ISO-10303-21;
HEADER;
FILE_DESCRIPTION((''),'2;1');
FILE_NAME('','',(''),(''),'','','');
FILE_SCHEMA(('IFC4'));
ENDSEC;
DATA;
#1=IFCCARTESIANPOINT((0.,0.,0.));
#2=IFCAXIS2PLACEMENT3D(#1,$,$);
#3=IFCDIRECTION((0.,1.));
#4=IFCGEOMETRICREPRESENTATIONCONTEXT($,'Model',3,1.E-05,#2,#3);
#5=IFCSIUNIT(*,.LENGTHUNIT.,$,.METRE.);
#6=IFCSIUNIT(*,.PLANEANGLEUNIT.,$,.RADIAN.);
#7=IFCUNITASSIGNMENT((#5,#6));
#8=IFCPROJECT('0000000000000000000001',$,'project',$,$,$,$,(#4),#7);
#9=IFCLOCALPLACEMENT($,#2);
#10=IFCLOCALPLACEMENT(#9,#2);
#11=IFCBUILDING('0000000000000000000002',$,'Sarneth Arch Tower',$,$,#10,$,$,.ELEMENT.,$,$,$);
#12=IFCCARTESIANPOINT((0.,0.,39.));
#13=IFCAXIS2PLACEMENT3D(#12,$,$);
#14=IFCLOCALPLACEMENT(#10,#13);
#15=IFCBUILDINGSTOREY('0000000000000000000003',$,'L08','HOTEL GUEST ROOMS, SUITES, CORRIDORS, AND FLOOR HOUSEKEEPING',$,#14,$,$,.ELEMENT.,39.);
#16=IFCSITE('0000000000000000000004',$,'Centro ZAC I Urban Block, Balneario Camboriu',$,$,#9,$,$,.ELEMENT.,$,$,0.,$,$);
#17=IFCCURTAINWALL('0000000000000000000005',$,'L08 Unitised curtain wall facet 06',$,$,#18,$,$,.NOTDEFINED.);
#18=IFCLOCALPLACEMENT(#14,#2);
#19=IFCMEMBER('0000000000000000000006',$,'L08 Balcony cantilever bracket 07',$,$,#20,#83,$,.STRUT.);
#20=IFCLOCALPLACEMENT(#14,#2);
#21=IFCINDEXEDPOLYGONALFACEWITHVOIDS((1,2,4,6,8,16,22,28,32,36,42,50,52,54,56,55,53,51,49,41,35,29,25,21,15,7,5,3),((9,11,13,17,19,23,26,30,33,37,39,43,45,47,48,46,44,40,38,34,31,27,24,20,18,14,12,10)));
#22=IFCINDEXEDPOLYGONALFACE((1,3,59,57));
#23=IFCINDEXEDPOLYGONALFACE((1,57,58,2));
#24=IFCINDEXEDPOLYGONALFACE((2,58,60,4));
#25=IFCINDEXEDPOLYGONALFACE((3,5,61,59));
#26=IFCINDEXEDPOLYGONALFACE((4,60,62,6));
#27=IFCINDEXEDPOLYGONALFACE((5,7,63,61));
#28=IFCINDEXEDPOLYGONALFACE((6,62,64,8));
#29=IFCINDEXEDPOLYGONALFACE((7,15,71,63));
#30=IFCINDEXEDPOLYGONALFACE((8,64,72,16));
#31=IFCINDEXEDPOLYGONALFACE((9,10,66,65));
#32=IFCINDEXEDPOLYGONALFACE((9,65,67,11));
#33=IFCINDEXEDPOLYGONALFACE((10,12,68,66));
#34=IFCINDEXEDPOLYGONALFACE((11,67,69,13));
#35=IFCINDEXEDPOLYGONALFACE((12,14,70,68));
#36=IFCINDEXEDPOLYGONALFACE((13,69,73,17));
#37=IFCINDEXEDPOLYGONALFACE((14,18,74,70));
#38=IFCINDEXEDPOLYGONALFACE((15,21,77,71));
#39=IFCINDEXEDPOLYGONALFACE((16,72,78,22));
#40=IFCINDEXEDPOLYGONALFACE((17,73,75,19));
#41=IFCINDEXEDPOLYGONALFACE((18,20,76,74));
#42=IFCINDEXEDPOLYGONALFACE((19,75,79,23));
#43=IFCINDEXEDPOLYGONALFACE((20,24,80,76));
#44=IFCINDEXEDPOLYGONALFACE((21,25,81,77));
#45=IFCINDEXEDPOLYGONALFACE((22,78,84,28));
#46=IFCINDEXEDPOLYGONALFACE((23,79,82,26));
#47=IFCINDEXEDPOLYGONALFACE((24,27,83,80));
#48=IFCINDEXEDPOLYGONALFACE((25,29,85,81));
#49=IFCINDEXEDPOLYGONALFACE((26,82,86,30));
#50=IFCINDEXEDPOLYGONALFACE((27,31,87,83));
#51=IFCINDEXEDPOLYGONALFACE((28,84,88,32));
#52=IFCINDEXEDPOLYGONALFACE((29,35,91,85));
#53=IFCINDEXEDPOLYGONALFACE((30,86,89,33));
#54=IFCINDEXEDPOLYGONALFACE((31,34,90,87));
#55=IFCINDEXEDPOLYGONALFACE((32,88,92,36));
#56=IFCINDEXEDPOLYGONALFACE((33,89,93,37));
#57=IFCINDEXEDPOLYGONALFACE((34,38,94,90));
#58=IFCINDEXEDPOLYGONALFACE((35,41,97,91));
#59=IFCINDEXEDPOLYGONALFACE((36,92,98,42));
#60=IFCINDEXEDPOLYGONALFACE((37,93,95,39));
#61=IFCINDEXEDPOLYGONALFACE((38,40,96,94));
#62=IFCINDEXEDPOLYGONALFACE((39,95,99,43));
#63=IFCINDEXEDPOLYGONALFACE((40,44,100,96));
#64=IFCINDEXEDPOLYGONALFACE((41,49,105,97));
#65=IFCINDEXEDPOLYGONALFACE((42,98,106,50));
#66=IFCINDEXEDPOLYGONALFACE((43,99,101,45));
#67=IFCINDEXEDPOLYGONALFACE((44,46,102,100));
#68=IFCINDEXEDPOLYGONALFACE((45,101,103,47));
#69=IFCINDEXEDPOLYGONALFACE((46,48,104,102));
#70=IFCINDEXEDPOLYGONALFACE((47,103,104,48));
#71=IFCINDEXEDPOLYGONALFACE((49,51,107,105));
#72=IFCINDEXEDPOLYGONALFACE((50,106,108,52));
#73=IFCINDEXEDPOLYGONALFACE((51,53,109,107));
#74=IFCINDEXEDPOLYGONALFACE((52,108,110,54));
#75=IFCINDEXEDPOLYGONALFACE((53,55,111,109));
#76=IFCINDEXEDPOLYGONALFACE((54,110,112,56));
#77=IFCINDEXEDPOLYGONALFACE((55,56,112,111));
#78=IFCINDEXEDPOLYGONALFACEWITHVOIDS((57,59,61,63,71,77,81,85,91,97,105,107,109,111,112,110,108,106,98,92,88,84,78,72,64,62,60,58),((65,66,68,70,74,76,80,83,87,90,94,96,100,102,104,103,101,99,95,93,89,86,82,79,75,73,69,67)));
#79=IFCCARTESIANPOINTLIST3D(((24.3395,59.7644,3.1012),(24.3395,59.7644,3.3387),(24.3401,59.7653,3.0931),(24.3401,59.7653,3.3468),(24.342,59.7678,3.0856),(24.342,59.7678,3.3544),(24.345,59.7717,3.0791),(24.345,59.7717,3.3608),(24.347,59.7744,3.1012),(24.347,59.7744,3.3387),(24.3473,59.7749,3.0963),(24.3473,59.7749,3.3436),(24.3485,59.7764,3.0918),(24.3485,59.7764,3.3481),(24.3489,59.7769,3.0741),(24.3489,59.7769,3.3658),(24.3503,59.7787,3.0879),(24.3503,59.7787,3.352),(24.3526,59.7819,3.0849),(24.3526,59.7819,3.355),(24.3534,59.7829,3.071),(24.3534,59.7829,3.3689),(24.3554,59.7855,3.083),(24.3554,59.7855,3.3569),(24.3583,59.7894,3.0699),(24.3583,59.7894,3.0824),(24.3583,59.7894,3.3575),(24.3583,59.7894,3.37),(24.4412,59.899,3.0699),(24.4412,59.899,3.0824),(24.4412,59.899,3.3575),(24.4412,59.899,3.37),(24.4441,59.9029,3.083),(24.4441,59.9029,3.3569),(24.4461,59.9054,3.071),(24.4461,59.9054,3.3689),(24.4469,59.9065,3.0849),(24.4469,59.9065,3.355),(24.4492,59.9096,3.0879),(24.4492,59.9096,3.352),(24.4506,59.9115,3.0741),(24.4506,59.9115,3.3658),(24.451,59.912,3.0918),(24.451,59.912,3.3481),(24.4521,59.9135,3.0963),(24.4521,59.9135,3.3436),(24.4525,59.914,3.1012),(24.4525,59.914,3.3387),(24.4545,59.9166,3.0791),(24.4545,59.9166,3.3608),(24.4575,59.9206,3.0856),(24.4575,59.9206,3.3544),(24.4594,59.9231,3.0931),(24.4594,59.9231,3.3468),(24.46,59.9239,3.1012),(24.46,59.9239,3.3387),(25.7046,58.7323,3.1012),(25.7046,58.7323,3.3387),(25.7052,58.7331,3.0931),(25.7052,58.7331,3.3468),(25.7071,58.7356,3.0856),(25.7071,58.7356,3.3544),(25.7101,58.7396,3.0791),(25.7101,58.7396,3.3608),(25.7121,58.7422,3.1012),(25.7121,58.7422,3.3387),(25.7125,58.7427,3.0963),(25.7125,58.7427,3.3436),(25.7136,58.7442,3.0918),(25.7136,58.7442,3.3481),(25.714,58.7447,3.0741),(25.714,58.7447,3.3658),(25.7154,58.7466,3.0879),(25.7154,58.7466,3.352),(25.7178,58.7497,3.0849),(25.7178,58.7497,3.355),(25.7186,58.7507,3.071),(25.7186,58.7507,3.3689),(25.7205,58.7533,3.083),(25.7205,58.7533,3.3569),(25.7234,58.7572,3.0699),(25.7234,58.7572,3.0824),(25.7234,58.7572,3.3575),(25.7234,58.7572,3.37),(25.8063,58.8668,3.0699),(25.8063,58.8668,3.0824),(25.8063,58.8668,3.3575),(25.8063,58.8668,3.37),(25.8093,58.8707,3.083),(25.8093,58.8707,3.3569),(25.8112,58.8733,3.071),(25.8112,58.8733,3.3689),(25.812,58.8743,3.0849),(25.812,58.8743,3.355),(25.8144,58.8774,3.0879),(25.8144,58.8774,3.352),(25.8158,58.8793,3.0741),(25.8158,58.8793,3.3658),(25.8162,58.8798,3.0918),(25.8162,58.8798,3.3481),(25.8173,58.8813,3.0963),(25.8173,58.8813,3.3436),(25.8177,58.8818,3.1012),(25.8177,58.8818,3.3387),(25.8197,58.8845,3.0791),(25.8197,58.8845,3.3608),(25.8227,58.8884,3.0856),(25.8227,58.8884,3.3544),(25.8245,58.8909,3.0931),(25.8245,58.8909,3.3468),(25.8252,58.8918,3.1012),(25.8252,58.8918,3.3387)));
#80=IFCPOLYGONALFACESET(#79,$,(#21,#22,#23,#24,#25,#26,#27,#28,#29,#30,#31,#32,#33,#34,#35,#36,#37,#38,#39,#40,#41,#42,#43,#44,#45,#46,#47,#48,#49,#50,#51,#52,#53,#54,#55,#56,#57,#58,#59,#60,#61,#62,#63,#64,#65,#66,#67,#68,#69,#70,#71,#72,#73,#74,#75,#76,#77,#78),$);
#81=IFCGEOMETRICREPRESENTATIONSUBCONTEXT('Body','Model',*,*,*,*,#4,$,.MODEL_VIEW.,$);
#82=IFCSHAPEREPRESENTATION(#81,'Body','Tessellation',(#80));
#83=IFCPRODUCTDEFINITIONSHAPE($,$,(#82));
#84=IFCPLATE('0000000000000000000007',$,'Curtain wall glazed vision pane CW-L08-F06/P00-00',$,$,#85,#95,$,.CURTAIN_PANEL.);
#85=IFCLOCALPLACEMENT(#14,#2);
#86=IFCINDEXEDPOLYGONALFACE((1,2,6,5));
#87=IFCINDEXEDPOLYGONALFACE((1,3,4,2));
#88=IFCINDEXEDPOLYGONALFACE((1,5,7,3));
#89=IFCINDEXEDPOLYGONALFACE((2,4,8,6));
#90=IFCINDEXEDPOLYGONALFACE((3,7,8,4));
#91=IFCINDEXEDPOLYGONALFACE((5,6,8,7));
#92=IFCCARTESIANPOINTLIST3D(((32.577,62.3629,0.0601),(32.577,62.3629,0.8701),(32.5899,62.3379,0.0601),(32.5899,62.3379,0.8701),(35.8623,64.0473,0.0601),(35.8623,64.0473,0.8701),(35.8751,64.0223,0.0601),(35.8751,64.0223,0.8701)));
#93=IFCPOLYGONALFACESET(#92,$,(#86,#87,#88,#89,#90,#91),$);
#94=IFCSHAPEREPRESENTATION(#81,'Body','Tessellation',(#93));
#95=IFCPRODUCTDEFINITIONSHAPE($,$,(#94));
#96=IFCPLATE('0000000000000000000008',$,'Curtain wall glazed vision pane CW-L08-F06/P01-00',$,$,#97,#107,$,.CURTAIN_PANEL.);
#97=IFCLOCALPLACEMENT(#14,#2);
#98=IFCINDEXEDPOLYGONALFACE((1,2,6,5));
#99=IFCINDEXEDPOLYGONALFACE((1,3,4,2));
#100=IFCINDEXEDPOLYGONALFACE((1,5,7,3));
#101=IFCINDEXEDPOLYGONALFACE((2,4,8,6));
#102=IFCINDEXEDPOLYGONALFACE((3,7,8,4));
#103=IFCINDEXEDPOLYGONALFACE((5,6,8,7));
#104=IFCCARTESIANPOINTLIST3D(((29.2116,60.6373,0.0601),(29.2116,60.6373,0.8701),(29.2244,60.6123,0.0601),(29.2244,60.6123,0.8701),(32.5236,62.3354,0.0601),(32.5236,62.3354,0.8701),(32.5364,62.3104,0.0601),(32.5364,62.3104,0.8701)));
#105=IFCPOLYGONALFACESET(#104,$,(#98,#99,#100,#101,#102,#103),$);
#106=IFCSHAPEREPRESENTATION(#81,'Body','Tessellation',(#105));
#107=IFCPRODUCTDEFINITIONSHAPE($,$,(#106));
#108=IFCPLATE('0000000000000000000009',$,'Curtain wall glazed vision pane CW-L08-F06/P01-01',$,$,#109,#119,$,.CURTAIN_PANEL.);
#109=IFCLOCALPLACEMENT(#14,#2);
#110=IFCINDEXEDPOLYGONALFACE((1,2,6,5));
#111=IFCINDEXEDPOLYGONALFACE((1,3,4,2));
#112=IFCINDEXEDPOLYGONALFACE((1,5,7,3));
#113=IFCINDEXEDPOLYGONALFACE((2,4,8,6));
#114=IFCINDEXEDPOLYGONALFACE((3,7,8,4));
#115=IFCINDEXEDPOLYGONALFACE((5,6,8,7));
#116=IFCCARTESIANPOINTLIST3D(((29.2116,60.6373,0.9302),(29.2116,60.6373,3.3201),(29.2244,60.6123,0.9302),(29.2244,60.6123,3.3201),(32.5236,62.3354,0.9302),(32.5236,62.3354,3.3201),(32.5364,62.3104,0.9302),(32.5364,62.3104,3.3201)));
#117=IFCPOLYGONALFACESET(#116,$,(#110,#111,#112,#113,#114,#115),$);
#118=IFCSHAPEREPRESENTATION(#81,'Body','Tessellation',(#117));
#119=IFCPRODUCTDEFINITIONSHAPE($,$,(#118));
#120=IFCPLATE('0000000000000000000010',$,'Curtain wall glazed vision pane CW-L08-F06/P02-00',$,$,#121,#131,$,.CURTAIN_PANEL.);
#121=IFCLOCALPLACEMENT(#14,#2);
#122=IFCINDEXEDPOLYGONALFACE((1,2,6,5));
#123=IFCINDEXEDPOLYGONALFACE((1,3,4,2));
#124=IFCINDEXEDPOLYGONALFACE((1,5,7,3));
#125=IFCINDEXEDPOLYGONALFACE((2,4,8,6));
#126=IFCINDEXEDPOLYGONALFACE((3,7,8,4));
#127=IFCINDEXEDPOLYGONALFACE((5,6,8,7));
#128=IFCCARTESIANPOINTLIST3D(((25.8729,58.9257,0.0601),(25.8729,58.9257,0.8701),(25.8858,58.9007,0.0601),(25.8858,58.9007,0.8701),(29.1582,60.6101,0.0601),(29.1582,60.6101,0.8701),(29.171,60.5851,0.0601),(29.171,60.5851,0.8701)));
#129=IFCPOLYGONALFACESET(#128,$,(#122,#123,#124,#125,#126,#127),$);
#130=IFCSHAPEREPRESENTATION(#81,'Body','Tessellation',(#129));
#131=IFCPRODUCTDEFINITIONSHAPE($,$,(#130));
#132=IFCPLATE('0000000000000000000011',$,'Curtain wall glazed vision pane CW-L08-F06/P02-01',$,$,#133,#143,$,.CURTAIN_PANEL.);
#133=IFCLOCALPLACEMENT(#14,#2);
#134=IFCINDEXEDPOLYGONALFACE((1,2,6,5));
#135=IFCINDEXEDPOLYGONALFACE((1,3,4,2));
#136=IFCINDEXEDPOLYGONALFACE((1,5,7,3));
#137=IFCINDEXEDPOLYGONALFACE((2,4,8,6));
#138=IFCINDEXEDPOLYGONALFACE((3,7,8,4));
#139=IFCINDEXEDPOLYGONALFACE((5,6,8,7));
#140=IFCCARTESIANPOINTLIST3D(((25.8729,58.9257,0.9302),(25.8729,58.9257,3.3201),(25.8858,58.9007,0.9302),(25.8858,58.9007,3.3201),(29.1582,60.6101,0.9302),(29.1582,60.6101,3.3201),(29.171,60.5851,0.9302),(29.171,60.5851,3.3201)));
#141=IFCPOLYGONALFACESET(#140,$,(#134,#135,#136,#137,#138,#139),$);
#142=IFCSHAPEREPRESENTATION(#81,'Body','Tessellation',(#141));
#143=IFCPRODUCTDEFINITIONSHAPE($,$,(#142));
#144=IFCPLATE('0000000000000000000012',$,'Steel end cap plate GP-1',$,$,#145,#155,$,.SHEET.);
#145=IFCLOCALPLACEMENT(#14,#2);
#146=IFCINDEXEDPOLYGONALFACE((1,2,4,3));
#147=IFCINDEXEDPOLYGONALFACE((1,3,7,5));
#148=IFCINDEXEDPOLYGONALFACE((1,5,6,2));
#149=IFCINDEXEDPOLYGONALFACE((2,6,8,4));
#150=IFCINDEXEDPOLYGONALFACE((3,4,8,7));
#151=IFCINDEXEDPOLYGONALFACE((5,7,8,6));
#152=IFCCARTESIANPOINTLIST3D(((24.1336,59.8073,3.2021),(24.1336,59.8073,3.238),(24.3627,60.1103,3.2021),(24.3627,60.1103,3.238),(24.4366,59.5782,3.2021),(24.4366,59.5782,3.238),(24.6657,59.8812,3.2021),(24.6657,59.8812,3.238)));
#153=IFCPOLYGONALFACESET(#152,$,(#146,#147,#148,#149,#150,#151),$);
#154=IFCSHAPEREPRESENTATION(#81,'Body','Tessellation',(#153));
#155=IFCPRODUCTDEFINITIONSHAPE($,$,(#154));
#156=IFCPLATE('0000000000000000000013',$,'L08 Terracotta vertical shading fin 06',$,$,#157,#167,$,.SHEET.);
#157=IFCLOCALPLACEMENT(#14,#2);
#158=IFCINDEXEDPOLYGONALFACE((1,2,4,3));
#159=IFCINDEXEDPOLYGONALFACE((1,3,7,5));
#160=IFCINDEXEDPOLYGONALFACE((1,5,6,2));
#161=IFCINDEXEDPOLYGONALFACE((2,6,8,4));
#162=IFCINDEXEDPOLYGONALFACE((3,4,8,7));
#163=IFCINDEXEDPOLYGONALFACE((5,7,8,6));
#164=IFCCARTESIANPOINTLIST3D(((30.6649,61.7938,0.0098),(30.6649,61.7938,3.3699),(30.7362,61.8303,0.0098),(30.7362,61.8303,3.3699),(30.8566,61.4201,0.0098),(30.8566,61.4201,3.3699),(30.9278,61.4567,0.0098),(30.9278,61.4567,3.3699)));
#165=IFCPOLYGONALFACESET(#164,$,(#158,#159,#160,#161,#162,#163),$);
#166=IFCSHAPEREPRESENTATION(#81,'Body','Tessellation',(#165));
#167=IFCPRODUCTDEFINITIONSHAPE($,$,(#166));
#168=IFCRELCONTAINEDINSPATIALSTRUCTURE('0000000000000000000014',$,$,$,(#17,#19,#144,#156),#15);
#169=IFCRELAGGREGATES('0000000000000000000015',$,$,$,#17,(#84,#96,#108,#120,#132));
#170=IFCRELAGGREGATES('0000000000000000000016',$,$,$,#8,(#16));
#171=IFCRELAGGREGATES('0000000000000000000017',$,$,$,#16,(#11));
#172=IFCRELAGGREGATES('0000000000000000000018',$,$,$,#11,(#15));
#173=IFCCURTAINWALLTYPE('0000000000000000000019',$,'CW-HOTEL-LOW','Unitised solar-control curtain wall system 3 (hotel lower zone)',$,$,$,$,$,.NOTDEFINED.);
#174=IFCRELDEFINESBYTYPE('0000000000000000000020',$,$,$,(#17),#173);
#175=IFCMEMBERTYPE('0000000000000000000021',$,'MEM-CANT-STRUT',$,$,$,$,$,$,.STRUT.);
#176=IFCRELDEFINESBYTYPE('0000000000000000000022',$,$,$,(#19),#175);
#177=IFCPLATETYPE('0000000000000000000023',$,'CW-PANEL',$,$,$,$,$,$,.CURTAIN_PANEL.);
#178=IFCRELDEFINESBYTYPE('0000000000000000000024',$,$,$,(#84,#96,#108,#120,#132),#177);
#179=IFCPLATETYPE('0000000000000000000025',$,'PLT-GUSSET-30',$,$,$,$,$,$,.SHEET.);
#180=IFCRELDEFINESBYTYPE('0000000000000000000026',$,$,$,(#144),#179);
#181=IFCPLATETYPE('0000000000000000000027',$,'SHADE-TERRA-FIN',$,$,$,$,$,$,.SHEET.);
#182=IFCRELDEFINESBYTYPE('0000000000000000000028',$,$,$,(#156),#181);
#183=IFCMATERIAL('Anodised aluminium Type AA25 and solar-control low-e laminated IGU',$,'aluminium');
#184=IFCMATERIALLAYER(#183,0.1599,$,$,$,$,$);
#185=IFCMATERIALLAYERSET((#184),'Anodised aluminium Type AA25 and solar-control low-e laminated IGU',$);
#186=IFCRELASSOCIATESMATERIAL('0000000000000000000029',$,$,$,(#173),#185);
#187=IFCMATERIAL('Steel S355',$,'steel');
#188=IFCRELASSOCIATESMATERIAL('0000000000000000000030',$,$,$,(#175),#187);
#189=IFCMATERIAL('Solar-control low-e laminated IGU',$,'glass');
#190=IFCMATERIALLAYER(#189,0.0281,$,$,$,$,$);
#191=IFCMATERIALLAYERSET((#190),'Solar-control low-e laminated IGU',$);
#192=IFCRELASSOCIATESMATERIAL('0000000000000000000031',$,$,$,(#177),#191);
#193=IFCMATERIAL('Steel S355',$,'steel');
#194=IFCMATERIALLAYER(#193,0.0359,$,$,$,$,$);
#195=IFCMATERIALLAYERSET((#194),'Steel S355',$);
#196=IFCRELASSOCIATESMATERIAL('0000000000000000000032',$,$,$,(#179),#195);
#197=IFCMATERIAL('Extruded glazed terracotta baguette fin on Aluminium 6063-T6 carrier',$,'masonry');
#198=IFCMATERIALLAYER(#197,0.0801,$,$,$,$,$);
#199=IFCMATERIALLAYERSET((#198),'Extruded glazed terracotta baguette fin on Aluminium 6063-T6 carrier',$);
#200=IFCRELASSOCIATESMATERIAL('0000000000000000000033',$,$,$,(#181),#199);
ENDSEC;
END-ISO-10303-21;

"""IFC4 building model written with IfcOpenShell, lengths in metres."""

from ifc_helpers import new_model, si_unit, direction, frame, origin, origin_2d, place, context, subcontext, project, spatial, rectangle, hollow_rectangle, extrude, material, layer, layer_set, material_profile, profile_set, type_object, element, aggregate, save


model = new_model("IFC4")

# Units and contexts
model_context = context("Model", 3, precision=1e-05, world=origin(), true_north=direction((0.0, 1.0)))
body_context = subcontext(model_context, "Body", "Model", "MODEL_VIEW")
ifc_project = project(units=[si_unit("LENGTHUNIT", "METRE"), si_unit("PLANEANGLEUNIT", "RADIAN")], contexts=[model_context])

# Site, building, storey
site_placement = place(None, origin())
site = spatial("IfcSite", under=ifc_project, at=site_placement, Name="Centro ZAC I Urban Block, Balneario Camboriu", CompositionType="ELEMENT", RefElevation=0.0)
building_placement = place(site_placement, origin())
building = spatial("IfcBuilding", under=site, at=building_placement, Name="Sarneth Arch Tower", CompositionType="ELEMENT")
storey_placement = place(building_placement, frame((0.0, 0.0, 39.0)))
storey = spatial("IfcBuildingStorey", under=building, at=storey_placement, Name="L08", Description="HOTEL GUEST ROOMS, SUITES, CORRIDORS, AND FLOOR HOUSEKEEPING", CompositionType="ELEMENT", Elevation=39.0)

# Curtain wall
ifc_material_1 = material(Name="Anodised aluminium Type AA25 and solar-control low-e laminated IGU", Category="aluminium")
ifc_layer_1 = layer(ifc_material_1, 0.1599)
ifc_layer_set_1 = layer_set([ifc_layer_1], Name="Anodised aluminium Type AA25 and solar-control low-e laminated IGU")
curtain_wall_type = type_object("IfcCurtainWallType", Name="CW-HOTEL-LOW", Description="Unitised solar-control curtain wall system 3 (hotel lower zone)", PredefinedType="NOTDEFINED", material=ifc_layer_set_1)
curtain_wall_placement = place(storey_placement, origin())
curtain_wall = element("IfcCurtainWall", 1, at=curtain_wall_placement, inside=storey, type_object=curtain_wall_type, Name="L08 Unitised curtain wall facet 06", PredefinedType="NOTDEFINED")

# Member
ifc_material_2 = material(Name="Steel S355", Category="steel")
ifc_material_profile_1 = material_profile(ifc_material_2, hollow_rectangle(XDim=0.2, YDim=0.3, WallThickness=0.0125, InnerFilletRadius=0.0188, OuterFilletRadius=0.0312, at=origin_2d()), Name="RHS300x200x12.5")
ifc_profile_set_1 = profile_set([ifc_material_profile_1], Name="Steel S355")
member_type_1 = type_object("IfcMemberType", Name="MEM-CANT-STRUT", PredefinedType="STRUT", material=ifc_profile_set_1)
member_1_placement = place(storey_placement, frame((25.7649, 58.812, 3.22), z_axis=(-0.797666, 0.603099, 0.0), x_axis=(-0.603099, -0.797666, 0.0)))
element("IfcMember", 2, at=member_1_placement, inside=storey, type_object=member_type_1, Name="L08 Balcony cantilever bracket 07", PredefinedType="STRUT", context=body_context, shape_type="SweptSolid", body=[
    extrude(hollow_rectangle(XDim=0.2, YDim=0.3, WallThickness=0.0125, InnerFilletRadius=0.0188, OuterFilletRadius=0.0312, at=origin_2d()), origin(), (0.0, 0.0, 1.0), 1.7114),
])

# Plates
ifc_material_3 = material(Name="Solar-control low-e laminated IGU", Category="glass")
ifc_layer_2 = layer(ifc_material_3, 0.0281)
ifc_layer_set_2 = layer_set([ifc_layer_2], Name="Solar-control low-e laminated IGU")
plate_type_1 = type_object("IfcPlateType", Name="CW-PANEL", PredefinedType="CURTAIN_PANEL", material=ifc_layer_set_2)
plate_1_placement = place(storey_placement, frame((34.2261, 63.1926, 0.0601), z_axis=(0.0, 0.0, 1.0), x_axis=(-0.889854, -0.456245, 0.0)))
plate_1 = element("IfcPlate", 3, at=plate_1_placement, type_object=plate_type_1, Name="Curtain wall glazed vision pane CW-L08-F06/P00-00", PredefinedType="CURTAIN_PANEL", context=body_context, shape_type="SweptSolid", body=[
    extrude(rectangle(XDim=3.6919, YDim=0.0281, at=origin_2d()), origin(), (0.0, 0.0, 1.0), 0.8101),
])
plate_2_placement = place(storey_placement, frame((30.874, 61.4739, 0.0601), z_axis=(0.0, 0.0, 1.0), x_axis=(-0.889854, -0.456245, 0.0)))
plate_2 = element("IfcPlate", 4, at=plate_2_placement, type_object=plate_type_1, Name="Curtain wall glazed vision pane CW-L08-F06/P01-00", PredefinedType="CURTAIN_PANEL", context=body_context, shape_type="SweptSolid", body=[
    extrude(rectangle(XDim=3.7219, YDim=0.0281, at=origin_2d()), origin(), (0.0, 0.0, 1.0), 0.8101),
])
plate_3_placement = place(storey_placement, frame((30.874, 61.4739, 0.9302), z_axis=(0.0, 0.0, 1.0), x_axis=(-0.889854, -0.456245, 0.0)))
plate_3 = element("IfcPlate", 5, at=plate_3_placement, type_object=plate_type_1, Name="Curtain wall glazed vision pane CW-L08-F06/P01-01", PredefinedType="CURTAIN_PANEL", context=body_context, shape_type="SweptSolid", body=[
    extrude(rectangle(XDim=3.7219, YDim=0.0281, at=origin_2d()), origin(), (0.0, 0.0, 1.0), 2.3899),
])
plate_4_placement = place(storey_placement, frame((27.522, 59.7554, 0.0601), z_axis=(0.0, 0.0, 1.0), x_axis=(-0.889854, -0.456245, 0.0)))
plate_4 = element("IfcPlate", 6, at=plate_4_placement, type_object=plate_type_1, Name="Curtain wall glazed vision pane CW-L08-F06/P02-00", PredefinedType="CURTAIN_PANEL", context=body_context, shape_type="SweptSolid", body=[
    extrude(rectangle(XDim=3.6919, YDim=0.0281, at=origin_2d()), origin(), (0.0, 0.0, 1.0), 0.8101),
])
plate_5_placement = place(storey_placement, frame((27.522, 59.7554, 0.9302), z_axis=(0.0, 0.0, 1.0), x_axis=(-0.889854, -0.456245, 0.0)))
plate_5 = element("IfcPlate", 7, at=plate_5_placement, type_object=plate_type_1, Name="Curtain wall glazed vision pane CW-L08-F06/P02-01", PredefinedType="CURTAIN_PANEL", context=body_context, shape_type="SweptSolid", body=[
    extrude(rectangle(XDim=3.6919, YDim=0.0281, at=origin_2d()), origin(), (0.0, 0.0, 1.0), 2.3899),
])
aggregate(curtain_wall, [plate_1, plate_2, plate_3, plate_4, plate_5])

# Plates
ifc_material_4 = material(Name="Steel S355", Category="steel")
ifc_layer_3 = layer(ifc_material_4, 0.0359)
ifc_layer_set_3 = layer_set([ifc_layer_3], Name="Steel S355")
plate_type_2 = type_object("IfcPlateType", Name="PLT-GUSSET-30", PredefinedType="SHEET", material=ifc_layer_set_3)
plate_6_placement = place(storey_placement, frame((24.3997, 59.8442, 3.2021), z_axis=(0.0, 0.0, 1.0), x_axis=(-0.797689, 0.603069, 0.0)))
element("IfcPlate", 8, at=plate_6_placement, inside=storey, type_object=plate_type_2, Name="Steel end cap plate GP-1", PredefinedType="SHEET", context=body_context, shape_type="SweptSolid", body=[
    extrude(rectangle(XDim=0.3799, YDim=0.3799, at=origin_2d()), origin(), (0.0, 0.0, 1.0), 0.0359),
])
ifc_material_5 = material(Name="Extruded glazed terracotta baguette fin on Aluminium 6063-T6 carrier", Category="masonry")
ifc_layer_4 = layer(ifc_material_5, 0.0801)
ifc_layer_set_4 = layer_set([ifc_layer_4], Name="Extruded glazed terracotta baguette fin on Aluminium 6063-T6 carrier")
plate_type_3 = type_object("IfcPlateType", Name="SHADE-TERRA-FIN", PredefinedType="SHEET", material=ifc_layer_set_4)
plate_7_placement = place(storey_placement, frame((30.7964, 61.6252, 0.0098), z_axis=(0.0, 0.0, 1.0), x_axis=(-0.456322, 0.889815, 0.0)))
element("IfcPlate", 9, at=plate_7_placement, inside=storey, type_object=plate_type_3, Name="L08 Terracotta vertical shading fin 06", PredefinedType="SHEET", context=body_context, shape_type="SweptSolid", body=[
    extrude(rectangle(XDim=0.4199, YDim=0.0801, at=origin_2d()), origin(), (0.0, 0.0, 1.0), 3.3601),
])

save(model, "model.ifc")
